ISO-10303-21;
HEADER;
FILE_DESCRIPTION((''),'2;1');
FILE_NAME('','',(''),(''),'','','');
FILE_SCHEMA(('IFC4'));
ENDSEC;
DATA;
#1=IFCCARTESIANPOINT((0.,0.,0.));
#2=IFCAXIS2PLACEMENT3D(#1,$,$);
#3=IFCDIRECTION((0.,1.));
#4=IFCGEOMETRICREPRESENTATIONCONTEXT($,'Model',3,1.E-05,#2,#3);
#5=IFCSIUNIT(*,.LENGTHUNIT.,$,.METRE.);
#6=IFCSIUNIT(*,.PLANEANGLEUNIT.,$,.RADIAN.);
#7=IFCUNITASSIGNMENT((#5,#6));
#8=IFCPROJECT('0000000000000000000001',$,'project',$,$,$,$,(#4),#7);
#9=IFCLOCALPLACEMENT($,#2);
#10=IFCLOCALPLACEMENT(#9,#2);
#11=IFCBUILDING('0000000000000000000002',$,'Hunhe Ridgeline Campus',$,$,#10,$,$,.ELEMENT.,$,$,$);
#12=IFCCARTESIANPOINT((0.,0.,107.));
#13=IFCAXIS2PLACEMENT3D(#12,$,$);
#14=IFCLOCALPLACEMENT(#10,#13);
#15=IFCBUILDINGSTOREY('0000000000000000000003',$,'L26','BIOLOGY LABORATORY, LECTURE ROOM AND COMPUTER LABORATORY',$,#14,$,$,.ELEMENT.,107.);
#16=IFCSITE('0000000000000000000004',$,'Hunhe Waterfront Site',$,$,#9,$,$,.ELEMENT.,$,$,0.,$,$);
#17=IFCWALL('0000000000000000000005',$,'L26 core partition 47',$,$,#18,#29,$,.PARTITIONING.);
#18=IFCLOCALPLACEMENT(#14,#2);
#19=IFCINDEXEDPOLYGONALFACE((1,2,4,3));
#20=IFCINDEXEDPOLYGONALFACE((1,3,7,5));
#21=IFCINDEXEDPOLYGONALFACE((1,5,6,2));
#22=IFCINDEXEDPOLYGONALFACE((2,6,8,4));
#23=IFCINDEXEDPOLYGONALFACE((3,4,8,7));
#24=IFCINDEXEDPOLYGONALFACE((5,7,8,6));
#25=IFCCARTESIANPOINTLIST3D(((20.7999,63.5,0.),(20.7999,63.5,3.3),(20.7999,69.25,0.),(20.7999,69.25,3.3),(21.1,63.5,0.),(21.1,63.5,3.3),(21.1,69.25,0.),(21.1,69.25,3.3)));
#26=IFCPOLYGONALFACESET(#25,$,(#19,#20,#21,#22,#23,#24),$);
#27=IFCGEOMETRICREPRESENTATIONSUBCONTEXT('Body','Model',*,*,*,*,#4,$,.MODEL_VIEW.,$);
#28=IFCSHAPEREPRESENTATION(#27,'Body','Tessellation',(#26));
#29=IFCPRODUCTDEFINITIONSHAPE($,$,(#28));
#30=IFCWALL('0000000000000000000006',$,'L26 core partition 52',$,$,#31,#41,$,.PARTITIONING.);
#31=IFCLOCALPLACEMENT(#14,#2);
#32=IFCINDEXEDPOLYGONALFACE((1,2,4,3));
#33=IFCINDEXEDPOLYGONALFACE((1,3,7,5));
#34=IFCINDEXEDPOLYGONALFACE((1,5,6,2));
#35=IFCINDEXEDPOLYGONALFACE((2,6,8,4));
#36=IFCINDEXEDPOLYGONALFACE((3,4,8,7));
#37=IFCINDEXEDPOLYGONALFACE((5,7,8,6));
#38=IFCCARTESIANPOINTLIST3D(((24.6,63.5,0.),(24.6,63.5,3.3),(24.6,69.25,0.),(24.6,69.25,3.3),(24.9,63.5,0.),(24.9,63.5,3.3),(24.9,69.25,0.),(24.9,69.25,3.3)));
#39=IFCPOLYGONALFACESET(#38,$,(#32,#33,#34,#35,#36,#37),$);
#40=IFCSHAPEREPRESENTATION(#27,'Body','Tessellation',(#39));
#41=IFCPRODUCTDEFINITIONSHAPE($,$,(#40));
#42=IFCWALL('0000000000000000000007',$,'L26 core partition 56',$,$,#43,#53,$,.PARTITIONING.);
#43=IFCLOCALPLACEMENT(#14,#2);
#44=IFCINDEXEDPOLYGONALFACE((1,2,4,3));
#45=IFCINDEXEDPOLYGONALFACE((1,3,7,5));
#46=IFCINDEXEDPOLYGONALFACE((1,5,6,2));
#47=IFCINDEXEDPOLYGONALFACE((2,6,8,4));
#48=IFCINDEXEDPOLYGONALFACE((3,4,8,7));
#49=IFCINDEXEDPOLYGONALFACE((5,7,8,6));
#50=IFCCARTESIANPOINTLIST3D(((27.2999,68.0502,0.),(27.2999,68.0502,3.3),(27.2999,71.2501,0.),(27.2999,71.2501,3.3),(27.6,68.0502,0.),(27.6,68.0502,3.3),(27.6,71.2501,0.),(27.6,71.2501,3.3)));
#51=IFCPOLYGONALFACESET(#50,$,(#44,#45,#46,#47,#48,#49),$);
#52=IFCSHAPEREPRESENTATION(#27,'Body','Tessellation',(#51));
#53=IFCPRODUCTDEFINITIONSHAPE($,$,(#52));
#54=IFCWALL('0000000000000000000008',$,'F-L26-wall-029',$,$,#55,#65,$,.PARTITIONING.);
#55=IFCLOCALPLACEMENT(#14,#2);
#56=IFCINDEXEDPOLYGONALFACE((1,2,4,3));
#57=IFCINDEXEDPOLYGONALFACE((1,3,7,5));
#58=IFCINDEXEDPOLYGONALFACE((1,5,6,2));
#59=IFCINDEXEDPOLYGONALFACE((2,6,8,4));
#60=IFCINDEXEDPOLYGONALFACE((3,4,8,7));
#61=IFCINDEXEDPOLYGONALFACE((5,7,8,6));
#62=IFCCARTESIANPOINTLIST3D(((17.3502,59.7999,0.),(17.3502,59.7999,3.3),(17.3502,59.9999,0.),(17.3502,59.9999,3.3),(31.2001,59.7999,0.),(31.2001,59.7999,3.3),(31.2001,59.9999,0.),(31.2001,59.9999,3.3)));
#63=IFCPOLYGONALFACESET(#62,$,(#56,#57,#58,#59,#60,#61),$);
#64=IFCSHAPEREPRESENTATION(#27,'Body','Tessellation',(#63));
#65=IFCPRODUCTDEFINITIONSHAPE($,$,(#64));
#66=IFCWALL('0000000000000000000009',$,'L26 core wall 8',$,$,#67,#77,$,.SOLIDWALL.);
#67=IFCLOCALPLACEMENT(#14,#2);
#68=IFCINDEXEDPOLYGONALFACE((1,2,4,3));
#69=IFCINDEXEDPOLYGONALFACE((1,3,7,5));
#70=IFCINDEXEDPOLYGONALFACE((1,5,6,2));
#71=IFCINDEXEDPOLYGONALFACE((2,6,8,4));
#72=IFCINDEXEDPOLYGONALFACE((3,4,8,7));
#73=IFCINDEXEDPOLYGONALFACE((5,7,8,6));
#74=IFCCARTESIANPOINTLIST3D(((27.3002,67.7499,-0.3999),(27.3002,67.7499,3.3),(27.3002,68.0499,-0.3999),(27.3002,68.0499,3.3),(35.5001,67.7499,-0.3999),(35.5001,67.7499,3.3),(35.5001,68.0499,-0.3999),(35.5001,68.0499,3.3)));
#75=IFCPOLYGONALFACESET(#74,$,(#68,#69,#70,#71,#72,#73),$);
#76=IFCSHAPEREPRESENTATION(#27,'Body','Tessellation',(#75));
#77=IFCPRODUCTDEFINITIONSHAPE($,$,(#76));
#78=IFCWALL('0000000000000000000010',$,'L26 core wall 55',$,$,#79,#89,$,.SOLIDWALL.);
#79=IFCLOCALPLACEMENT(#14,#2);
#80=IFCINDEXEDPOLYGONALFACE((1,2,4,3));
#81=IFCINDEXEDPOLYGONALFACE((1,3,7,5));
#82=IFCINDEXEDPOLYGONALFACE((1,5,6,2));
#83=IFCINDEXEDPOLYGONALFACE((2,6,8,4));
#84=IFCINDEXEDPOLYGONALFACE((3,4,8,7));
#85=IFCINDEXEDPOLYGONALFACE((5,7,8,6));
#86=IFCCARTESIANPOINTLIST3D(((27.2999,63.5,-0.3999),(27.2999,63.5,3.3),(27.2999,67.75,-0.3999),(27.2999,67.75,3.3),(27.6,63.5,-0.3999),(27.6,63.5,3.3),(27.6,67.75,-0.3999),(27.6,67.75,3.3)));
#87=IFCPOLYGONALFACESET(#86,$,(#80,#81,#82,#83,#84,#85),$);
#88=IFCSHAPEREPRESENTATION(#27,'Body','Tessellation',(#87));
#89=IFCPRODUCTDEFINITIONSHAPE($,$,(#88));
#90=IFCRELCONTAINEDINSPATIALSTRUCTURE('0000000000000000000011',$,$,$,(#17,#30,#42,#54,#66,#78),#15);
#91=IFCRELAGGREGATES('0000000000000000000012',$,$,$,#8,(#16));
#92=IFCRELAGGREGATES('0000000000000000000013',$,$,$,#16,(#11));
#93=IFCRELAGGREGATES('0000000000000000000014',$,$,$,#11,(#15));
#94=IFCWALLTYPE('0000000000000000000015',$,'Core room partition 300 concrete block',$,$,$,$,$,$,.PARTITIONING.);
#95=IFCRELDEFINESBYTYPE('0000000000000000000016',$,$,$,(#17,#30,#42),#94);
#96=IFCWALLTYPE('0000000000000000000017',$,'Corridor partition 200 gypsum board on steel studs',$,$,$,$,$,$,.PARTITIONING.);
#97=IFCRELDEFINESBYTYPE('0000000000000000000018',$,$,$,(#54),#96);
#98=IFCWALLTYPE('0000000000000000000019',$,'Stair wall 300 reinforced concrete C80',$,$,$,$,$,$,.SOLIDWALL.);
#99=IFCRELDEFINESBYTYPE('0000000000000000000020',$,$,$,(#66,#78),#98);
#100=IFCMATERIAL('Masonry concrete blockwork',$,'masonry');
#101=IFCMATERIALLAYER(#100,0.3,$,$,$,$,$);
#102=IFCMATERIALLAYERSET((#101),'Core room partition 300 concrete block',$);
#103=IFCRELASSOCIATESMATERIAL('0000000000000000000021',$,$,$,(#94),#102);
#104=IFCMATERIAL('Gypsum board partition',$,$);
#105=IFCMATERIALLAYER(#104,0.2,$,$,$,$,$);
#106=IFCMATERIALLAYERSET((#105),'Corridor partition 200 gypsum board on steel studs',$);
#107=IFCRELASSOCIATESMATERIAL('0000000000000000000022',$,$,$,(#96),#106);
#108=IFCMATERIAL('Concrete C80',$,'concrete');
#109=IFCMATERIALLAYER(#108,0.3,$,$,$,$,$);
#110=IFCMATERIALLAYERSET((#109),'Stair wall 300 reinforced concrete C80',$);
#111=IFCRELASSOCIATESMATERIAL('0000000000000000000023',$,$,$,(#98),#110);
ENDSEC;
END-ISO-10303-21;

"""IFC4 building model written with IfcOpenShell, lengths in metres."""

from ifc_helpers import new_model, si_unit, direction, frame, frame_2d, origin, place, context, subcontext, project, spatial, rectangle, extrude, material, layer, layer_set, type_object, element, save


model = new_model("IFC4")

# Units and contexts
model_context = context("Model", 3, precision=1e-05, world=origin(), true_north=direction((0.0, 1.0)))
body_context = subcontext(model_context, "Body", "Model", "MODEL_VIEW")
ifc_project = project(units=[si_unit("LENGTHUNIT", "METRE"), si_unit("PLANEANGLEUNIT", "RADIAN")], contexts=[model_context])

# Site, building, storey
site_placement = place(None, origin())
site = spatial("IfcSite", under=ifc_project, at=site_placement, Name="Hunhe Waterfront Site", CompositionType="ELEMENT", RefElevation=0.0)
building_placement = place(site_placement, origin())
building = spatial("IfcBuilding", under=site, at=building_placement, Name="Hunhe Ridgeline Campus", CompositionType="ELEMENT")
storey_placement = place(building_placement, frame((0.0, 0.0, 107.0)))
storey = spatial("IfcBuildingStorey", under=building, at=storey_placement, Name="L26", Description="BIOLOGY LABORATORY, LECTURE ROOM AND COMPUTER LABORATORY", CompositionType="ELEMENT", Elevation=107.0)

# Shared definitions
ifc_material_1 = material(Name="Masonry concrete blockwork", Category="masonry")
ifc_layer_1 = layer(ifc_material_1, 0.3)
ifc_layer_set_1 = layer_set([ifc_layer_1], Name="Core room partition 300 concrete block")
wall_type_1 = type_object("IfcWallType", Name="Core room partition 300 concrete block", PredefinedType="PARTITIONING", material=ifc_layer_set_1)

# Walls
for number, where, z_axis, x_axis, name in (
    (1, (20.95, 63.5, 0.0), (0.0, 0.0, 1.0), (0.0, 1.0, 0.0), "L26 core partition 47"),
    (2, (24.75, 63.5, 0.0), (0.0, 0.0, 1.0), (0.0, 1.0, 0.0), "L26 core partition 52"),
):
    element("IfcWall", number, at=place(storey_placement, frame(where, z_axis=z_axis, x_axis=x_axis)), inside=storey, type_object=wall_type_1, Name=name, PredefinedType="PARTITIONING", context=body_context, shape_type="SweptSolid", body=[
        extrude(rectangle(XDim=5.75, YDim=0.3, at=frame_2d((2.875, 0.0))), origin(), (0.0, 0.0, 1.0), 3.3),
    ])
wall_1_placement = place(storey_placement, frame((27.45, 68.05, 0.0), z_axis=(0.0, 0.0, 1.0), x_axis=(0.0, 1.0, 0.0)))
element("IfcWall", 3, at=wall_1_placement, inside=storey, type_object=wall_type_1, Name="L26 core partition 56", PredefinedType="PARTITIONING", context=body_context, shape_type="SweptSolid", body=[
    extrude(rectangle(XDim=3.2, YDim=0.3, at=frame_2d((1.6001, 0.0))), origin(), (0.0, 0.0, 1.0), 3.3),
])
ifc_material_2 = material(Name="Gypsum board partition")
ifc_layer_2 = layer(ifc_material_2, 0.2)
ifc_layer_set_2 = layer_set([ifc_layer_2], Name="Corridor partition 200 gypsum board on steel studs")
wall_type_2 = type_object("IfcWallType", Name="Corridor partition 200 gypsum board on steel studs", PredefinedType="PARTITIONING", material=ifc_layer_set_2)
wall_2_placement = place(storey_placement, frame((31.2, 59.8999, 0.0), z_axis=(0.0, 0.0, 1.0), x_axis=(-1.0, 0.0, 0.0)))
element("IfcWall", 4, at=wall_2_placement, inside=storey, type_object=wall_type_2, Name="F-L26-wall-029", PredefinedType="PARTITIONING", context=body_context, shape_type="SweptSolid", body=[
    extrude(rectangle(XDim=13.8499, YDim=0.2, at=frame_2d((6.9248, 0.0))), origin(), (0.0, 0.0, 1.0), 3.3),
])

# Walls
ifc_material_3 = material(Name="Concrete C80", Category="concrete")
ifc_layer_3 = layer(ifc_material_3, 0.3)
ifc_layer_set_3 = layer_set([ifc_layer_3], Name="Stair wall 300 reinforced concrete C80")
wall_type_3 = type_object("IfcWallType", Name="Stair wall 300 reinforced concrete C80", PredefinedType="SOLIDWALL", material=ifc_layer_set_3)
wall_3_placement = place(storey_placement, frame((27.3, 67.8999, -0.3999), z_axis=(0.0, 0.0, 1.0), x_axis=(1.0, 0.0, 0.0)))
element("IfcWall", 5, at=wall_3_placement, inside=storey, type_object=wall_type_3, Name="L26 core wall 8", PredefinedType="SOLIDWALL", context=body_context, shape_type="SweptSolid", body=[
    extrude(rectangle(XDim=8.2, YDim=0.3, at=frame_2d((4.1001, 0.0))), origin(), (0.0, 0.0, 1.0), 3.7),
])
wall_4_placement = place(storey_placement, frame((27.45, 63.5, -0.3999), z_axis=(0.0, 0.0, 1.0), x_axis=(0.0, 1.0, 0.0)))
element("IfcWall", 6, at=wall_4_placement, inside=storey, type_object=wall_type_3, Name="L26 core wall 55", PredefinedType="SOLIDWALL", context=body_context, shape_type="SweptSolid", body=[
    extrude(rectangle(XDim=4.25, YDim=0.3, at=frame_2d((2.125, 0.0))), origin(), (0.0, 0.0, 1.0), 3.7),
])

save(model, "model.ifc")
